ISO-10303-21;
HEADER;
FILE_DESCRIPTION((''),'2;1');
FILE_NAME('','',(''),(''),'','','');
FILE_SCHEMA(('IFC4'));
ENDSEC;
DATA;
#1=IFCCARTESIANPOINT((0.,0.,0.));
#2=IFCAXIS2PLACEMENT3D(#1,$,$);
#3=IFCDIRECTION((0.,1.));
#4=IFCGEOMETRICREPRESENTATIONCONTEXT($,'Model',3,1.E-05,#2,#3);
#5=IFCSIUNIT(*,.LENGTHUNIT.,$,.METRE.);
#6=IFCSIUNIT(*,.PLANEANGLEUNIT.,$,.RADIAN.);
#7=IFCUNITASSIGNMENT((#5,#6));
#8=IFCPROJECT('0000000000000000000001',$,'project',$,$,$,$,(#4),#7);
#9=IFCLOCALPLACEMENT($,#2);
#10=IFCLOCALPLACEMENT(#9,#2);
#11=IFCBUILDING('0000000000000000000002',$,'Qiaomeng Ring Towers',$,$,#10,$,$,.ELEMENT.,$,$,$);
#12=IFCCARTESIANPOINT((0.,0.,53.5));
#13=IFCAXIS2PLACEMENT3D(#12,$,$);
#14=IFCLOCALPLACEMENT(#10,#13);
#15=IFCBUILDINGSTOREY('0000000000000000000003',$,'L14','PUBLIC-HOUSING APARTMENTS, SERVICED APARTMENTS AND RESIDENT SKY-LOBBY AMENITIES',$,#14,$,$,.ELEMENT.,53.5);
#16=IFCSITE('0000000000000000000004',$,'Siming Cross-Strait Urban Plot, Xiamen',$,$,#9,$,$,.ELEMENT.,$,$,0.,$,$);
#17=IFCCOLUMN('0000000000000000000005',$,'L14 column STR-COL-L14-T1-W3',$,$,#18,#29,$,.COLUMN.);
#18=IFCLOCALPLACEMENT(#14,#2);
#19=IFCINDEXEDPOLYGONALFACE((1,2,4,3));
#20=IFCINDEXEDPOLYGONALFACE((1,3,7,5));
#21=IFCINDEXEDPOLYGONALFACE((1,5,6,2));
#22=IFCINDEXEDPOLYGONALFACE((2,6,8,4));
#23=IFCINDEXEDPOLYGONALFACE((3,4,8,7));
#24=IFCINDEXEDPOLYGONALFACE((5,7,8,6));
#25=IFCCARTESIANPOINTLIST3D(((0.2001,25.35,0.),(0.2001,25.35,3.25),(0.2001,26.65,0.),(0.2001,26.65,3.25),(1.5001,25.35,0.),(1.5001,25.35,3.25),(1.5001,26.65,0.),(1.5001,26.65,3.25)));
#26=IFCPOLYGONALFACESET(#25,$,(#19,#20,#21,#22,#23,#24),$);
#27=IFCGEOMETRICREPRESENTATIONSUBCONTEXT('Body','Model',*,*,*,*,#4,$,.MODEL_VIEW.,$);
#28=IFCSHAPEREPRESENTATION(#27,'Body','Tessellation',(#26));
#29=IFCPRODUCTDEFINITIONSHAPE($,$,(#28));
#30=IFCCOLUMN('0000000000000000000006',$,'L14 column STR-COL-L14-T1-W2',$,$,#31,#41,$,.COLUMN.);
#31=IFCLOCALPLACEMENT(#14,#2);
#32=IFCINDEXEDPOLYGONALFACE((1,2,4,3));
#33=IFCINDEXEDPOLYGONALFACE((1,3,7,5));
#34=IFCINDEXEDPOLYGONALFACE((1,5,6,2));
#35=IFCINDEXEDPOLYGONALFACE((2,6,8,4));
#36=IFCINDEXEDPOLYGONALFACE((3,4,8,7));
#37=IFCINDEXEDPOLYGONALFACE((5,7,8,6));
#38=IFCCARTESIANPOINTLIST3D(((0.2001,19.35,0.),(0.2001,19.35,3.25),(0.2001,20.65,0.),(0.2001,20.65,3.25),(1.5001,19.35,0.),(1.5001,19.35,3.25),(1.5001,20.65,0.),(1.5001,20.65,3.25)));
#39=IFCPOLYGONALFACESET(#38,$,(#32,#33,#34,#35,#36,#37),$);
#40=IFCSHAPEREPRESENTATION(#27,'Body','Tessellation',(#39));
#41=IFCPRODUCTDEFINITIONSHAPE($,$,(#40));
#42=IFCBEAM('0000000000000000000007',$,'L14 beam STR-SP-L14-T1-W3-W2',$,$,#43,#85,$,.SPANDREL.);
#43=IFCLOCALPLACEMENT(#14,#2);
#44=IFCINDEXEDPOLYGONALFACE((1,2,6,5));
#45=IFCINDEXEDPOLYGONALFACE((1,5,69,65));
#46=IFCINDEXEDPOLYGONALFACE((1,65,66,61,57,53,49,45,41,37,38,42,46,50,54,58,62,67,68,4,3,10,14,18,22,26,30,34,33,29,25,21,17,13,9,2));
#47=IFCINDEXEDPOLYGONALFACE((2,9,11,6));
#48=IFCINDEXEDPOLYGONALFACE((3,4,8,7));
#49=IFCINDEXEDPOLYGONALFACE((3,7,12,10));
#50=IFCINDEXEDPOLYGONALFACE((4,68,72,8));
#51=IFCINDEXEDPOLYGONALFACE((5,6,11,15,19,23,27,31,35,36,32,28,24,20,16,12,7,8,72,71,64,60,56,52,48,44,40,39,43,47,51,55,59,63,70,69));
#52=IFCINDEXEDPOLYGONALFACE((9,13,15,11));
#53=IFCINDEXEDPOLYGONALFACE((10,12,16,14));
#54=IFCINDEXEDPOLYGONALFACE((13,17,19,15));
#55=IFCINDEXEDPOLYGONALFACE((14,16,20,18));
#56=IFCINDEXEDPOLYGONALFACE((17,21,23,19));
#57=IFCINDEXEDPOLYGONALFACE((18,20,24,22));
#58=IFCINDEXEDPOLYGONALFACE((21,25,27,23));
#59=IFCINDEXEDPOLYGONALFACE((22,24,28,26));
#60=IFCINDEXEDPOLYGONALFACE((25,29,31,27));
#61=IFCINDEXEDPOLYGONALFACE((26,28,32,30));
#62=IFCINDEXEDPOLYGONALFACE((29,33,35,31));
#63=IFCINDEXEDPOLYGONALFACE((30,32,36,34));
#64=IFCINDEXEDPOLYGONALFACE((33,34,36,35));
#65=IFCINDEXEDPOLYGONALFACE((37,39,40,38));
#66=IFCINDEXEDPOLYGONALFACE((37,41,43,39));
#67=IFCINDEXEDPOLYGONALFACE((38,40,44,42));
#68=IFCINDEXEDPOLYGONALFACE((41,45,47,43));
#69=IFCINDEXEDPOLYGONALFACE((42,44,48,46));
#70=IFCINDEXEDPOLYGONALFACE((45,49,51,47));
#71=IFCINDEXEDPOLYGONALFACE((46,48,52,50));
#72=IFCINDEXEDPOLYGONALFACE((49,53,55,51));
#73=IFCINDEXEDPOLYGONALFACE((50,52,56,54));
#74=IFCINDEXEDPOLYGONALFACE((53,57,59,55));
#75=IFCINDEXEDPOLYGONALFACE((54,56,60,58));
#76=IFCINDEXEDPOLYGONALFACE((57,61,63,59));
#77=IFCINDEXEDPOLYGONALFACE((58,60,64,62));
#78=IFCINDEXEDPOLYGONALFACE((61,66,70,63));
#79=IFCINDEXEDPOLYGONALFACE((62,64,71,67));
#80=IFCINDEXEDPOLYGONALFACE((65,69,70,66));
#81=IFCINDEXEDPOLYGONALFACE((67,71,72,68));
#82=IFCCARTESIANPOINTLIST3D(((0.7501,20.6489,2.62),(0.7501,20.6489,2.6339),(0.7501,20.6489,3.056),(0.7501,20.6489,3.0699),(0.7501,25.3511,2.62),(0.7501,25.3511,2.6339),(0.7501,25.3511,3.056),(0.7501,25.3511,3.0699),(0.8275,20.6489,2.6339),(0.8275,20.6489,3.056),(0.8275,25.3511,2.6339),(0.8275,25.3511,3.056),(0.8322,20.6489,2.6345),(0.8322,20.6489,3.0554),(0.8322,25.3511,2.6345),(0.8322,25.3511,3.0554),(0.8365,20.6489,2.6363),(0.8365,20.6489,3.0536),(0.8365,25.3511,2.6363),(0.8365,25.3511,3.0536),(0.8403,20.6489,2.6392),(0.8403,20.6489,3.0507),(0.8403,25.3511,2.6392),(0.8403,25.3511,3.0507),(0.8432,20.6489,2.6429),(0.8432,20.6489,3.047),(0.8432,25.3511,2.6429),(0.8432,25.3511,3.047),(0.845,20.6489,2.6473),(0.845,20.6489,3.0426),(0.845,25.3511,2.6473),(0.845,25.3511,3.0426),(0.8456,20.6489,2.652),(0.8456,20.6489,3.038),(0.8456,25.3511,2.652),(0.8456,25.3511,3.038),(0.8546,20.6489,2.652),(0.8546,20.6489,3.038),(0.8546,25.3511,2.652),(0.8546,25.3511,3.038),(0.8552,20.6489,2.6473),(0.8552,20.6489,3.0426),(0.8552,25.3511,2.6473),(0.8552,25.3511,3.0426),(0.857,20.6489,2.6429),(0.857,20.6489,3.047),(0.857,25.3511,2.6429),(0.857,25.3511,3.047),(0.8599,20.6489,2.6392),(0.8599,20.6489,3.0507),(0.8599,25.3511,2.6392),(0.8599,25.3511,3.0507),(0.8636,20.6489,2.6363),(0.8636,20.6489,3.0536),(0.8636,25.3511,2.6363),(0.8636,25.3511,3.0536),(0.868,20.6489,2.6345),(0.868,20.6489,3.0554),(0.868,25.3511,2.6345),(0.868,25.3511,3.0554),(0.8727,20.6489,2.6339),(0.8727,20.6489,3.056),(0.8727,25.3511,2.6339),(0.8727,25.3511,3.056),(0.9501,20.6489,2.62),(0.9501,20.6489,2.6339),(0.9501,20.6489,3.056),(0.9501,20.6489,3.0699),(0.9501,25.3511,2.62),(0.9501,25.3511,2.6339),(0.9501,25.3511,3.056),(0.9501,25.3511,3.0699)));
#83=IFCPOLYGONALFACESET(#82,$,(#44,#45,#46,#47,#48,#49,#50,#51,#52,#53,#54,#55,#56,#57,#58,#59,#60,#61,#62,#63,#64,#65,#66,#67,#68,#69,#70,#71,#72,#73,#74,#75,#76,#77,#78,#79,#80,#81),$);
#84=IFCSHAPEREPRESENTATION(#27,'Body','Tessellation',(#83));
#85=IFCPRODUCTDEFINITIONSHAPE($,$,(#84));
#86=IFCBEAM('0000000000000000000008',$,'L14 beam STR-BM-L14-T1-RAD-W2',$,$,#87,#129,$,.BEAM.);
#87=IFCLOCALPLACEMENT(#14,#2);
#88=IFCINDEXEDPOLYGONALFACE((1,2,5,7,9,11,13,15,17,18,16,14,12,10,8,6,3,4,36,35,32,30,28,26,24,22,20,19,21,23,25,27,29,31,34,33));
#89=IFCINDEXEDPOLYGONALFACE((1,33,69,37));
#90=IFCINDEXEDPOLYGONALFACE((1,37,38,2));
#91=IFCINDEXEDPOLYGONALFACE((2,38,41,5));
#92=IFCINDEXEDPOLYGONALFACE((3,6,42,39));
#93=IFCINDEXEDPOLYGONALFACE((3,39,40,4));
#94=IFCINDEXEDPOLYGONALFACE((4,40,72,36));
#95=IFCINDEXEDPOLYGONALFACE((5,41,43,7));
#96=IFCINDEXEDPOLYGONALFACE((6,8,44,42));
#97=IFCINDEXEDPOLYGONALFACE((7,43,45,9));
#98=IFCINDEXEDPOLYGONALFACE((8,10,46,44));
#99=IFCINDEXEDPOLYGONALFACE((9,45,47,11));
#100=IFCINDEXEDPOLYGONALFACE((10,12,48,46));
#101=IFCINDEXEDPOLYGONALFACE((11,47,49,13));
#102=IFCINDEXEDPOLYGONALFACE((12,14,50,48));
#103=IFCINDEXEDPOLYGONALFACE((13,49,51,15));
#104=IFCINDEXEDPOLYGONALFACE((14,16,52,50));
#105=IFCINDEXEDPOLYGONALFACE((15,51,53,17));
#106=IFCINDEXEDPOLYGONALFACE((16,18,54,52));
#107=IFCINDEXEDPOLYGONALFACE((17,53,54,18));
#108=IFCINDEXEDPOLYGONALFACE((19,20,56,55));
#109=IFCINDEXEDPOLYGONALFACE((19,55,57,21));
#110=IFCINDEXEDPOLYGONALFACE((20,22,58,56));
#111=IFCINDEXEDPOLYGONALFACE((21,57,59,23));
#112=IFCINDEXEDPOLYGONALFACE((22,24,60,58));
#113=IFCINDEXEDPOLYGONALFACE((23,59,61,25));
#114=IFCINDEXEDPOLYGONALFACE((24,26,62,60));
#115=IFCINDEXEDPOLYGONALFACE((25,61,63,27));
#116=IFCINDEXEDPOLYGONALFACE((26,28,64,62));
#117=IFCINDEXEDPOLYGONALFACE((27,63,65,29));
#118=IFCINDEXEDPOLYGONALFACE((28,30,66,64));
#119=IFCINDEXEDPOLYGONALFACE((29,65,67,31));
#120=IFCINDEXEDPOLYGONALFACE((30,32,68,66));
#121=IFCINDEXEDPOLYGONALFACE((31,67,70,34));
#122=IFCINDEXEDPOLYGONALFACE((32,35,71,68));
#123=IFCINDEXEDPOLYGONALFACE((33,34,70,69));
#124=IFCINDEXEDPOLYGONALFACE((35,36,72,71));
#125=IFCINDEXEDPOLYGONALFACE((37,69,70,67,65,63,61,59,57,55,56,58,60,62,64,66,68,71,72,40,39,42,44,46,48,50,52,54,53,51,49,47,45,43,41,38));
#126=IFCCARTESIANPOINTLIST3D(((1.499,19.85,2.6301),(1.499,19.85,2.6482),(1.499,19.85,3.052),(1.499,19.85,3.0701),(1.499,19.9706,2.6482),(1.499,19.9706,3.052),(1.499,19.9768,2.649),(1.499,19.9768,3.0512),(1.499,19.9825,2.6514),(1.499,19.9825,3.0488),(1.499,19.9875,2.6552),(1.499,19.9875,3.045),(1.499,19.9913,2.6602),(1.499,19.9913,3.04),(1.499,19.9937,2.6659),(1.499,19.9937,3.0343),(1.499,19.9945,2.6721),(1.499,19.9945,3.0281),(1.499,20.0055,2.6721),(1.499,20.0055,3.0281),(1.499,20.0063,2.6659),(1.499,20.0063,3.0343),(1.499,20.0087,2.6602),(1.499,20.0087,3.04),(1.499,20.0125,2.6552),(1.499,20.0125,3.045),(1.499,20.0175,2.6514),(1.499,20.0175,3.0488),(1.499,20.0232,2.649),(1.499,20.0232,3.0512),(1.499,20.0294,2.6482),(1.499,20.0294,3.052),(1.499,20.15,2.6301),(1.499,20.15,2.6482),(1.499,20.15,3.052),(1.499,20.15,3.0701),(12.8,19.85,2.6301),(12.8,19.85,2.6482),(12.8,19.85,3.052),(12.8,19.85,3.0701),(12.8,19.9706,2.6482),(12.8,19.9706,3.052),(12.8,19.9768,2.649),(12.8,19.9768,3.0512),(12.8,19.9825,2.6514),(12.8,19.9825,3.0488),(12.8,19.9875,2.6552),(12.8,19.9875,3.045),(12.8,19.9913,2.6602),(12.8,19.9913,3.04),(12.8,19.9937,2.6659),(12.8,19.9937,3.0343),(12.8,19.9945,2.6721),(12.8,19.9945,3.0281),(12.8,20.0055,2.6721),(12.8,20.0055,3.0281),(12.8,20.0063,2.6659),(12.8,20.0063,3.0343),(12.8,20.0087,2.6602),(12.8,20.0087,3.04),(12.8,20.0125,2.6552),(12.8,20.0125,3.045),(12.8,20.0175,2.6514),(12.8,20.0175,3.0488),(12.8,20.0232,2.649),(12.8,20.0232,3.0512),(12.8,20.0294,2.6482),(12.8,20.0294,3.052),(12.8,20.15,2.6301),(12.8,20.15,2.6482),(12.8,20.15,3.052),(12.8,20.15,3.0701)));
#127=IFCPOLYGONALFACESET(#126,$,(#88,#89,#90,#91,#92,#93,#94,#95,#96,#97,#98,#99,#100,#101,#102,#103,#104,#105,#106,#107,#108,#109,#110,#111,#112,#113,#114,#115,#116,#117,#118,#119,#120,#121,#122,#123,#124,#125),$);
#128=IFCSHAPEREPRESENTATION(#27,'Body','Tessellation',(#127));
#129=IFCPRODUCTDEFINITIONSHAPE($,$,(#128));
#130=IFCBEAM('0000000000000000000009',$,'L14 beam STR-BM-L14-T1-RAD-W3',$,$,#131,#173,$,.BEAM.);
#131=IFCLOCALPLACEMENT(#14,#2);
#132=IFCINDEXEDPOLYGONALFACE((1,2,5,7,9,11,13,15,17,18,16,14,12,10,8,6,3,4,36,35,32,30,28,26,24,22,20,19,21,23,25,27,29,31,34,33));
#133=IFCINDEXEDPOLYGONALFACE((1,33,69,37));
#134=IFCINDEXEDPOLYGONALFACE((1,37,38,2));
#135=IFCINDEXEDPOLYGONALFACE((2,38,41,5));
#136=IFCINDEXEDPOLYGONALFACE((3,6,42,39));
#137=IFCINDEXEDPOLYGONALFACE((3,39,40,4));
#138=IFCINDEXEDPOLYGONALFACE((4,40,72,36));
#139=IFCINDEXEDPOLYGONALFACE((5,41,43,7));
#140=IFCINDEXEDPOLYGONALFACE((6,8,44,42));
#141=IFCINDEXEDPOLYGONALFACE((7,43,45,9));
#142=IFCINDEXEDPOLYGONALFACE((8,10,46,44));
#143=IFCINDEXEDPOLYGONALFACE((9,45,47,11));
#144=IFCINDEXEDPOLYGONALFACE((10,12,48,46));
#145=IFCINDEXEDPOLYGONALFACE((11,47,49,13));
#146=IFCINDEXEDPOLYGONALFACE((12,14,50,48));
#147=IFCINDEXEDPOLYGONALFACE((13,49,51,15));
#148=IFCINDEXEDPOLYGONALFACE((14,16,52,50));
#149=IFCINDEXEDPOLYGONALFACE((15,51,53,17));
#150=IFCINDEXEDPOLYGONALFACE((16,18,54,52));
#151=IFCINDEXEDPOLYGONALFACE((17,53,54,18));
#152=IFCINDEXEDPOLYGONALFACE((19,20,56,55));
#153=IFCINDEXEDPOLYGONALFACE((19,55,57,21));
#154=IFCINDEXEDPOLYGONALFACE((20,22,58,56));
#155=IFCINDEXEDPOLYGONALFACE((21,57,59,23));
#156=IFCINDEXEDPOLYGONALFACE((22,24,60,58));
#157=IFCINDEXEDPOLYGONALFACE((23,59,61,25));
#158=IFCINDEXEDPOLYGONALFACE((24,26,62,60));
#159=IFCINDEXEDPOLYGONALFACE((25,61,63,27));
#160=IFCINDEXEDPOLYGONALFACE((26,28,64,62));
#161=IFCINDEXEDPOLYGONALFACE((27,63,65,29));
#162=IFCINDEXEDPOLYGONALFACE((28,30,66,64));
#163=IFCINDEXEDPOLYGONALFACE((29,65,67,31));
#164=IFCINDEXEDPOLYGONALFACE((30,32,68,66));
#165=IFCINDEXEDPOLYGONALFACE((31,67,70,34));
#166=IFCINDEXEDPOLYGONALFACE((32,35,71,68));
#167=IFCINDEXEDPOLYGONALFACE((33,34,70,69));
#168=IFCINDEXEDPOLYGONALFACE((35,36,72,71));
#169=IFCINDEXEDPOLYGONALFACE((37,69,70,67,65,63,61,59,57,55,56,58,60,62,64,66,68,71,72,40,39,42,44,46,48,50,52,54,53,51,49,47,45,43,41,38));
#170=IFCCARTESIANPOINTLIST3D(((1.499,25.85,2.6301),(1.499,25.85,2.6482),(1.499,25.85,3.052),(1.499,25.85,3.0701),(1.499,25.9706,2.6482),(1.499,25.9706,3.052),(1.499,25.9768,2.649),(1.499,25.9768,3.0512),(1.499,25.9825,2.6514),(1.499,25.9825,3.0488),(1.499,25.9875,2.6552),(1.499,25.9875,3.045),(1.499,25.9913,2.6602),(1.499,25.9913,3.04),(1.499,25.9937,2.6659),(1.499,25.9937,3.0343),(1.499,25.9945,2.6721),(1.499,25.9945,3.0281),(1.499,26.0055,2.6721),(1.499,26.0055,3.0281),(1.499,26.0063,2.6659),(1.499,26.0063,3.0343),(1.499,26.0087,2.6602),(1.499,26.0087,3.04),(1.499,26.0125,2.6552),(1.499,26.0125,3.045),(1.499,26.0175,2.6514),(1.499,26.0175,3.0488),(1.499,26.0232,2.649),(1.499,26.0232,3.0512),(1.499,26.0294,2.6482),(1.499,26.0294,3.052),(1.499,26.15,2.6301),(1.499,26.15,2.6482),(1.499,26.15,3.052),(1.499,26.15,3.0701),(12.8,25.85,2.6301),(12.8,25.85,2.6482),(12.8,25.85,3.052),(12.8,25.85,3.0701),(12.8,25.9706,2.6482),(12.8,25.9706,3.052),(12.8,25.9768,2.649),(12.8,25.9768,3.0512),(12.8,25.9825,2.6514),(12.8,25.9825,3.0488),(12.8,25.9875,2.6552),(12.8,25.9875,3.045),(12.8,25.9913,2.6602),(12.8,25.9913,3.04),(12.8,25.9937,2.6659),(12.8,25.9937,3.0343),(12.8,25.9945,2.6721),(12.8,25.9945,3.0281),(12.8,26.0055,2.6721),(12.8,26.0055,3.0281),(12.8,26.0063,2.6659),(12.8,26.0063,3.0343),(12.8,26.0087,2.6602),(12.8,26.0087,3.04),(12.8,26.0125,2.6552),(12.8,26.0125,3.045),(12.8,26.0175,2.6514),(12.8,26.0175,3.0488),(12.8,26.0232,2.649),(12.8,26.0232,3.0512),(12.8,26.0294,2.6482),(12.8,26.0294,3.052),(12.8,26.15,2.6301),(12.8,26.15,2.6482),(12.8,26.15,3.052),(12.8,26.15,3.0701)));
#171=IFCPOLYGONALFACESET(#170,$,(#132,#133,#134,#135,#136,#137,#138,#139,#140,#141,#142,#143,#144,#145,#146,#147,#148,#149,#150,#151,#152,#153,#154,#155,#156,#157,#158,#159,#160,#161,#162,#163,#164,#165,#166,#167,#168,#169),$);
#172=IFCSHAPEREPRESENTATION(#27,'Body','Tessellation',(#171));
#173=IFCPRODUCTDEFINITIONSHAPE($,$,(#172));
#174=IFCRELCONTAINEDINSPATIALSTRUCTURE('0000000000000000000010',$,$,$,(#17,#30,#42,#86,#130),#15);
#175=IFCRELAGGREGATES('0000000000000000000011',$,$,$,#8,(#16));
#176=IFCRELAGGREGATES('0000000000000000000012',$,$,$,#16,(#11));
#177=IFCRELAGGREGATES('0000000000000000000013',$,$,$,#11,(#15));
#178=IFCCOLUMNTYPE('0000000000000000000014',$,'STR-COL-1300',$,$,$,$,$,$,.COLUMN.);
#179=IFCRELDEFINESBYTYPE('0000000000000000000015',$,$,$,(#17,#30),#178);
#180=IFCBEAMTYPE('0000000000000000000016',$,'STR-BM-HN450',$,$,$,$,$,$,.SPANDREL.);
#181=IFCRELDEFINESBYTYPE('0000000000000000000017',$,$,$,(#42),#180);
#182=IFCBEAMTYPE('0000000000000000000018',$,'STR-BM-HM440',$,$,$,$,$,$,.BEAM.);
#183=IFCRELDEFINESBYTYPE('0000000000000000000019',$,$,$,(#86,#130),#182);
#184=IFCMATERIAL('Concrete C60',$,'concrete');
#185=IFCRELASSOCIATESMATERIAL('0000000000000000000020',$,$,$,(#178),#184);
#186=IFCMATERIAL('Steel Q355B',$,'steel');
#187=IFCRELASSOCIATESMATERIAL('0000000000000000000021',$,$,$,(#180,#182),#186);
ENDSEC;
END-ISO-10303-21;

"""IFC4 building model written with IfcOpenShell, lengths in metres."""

from ifc_helpers import new_model, si_unit, direction, frame, origin, origin_2d, place, context, subcontext, project, spatial, rectangle, i_section, extrude, source, transform, mapped, material, material_profile, profile_set, type_object, element, save


model = new_model("IFC4")

# Units and contexts
model_context = context("Model", 3, precision=1e-05, world=origin(), true_north=direction((0.0, 1.0)))
body_context = subcontext(model_context, "Body", "Model", "MODEL_VIEW")
ifc_project = project(units=[si_unit("LENGTHUNIT", "METRE"), si_unit("PLANEANGLEUNIT", "RADIAN")], contexts=[model_context])

# Site, building, storey
site_placement = place(None, origin())
site = spatial("IfcSite", under=ifc_project, at=site_placement, Name="Siming Cross-Strait Urban Plot, Xiamen", CompositionType="ELEMENT", RefElevation=0.0)
building_placement = place(site_placement, origin())
building = spatial("IfcBuilding", under=site, at=building_placement, Name="Qiaomeng Ring Towers", CompositionType="ELEMENT")
storey_placement = place(building_placement, frame((0.0, 0.0, 53.5)))
storey = spatial("IfcBuildingStorey", under=building, at=storey_placement, Name="L14", Description="PUBLIC-HOUSING APARTMENTS, SERVICED APARTMENTS AND RESIDENT SKY-LOBBY AMENITIES", CompositionType="ELEMENT", Elevation=53.5)

# Columns
ifc_material_1 = material(Name="Concrete C60", Category="concrete")
ifc_material_profile_1 = material_profile(ifc_material_1, rectangle(XDim=1.3, YDim=1.3, at=origin_2d()), Name="RC COL 1300x1300")
ifc_profile_set_1 = profile_set([ifc_material_profile_1], Name="Concrete C60")
column_type = type_object("IfcColumnType", Name="STR-COL-1300", PredefinedType="COLUMN", material=ifc_profile_set_1)
shared_shape_1 = source(origin(), body_context, "Body", "SweptSolid", [
    extrude(rectangle(XDim=1.3, YDim=1.3, at=origin_2d()), origin(), (0.0, 0.0, 1.0), 3.25),
])
for number, where, z_axis, x_axis, name in (
    (1, (0.8501, 26.0, 0.0), (0.0, 0.0, 1.0), (1.0, 0.0, 0.0), "L14 column STR-COL-L14-T1-W3"),
    (2, (0.8501, 20.0, 0.0), (0.0, 0.0, 1.0), (1.0, 0.0, 0.0), "L14 column STR-COL-L14-T1-W2"),
):
    element("IfcColumn", number, at=place(storey_placement, frame(where, z_axis=z_axis, x_axis=x_axis)), inside=storey, type_object=column_type, Name=name, PredefinedType="COLUMN", context=body_context, shape_type="MappedRepresentation", body=[
        mapped(shared_shape_1, transform((0.0, 0.0, 0.0), x_axis=(1.0, 0.0, 0.0), y_axis=(0.0, 1.0, 0.0), z_axis=(0.0, 0.0, 1.0), scale=1.0)),
    ])

# Beams
ifc_material_2 = material(Name="Steel Q355B", Category="steel")
ifc_material_profile_2 = material_profile(ifc_material_2, i_section(OverallWidth=0.2, OverallDepth=0.45, WebThickness=0.009, FlangeThickness=0.0139, FilletRadius=0.0181, at=origin_2d()), Name="HN 450x200x9x14")
ifc_profile_set_2 = profile_set([ifc_material_profile_2], Name="Steel Q355B")
beam_type_1 = type_object("IfcBeamType", Name="STR-BM-HN450", PredefinedType="SPANDREL", material=ifc_profile_set_2)
shared_shape_2 = source(origin(), body_context, "Body", "SweptSolid", [
    extrude(i_section(OverallWidth=0.2, OverallDepth=0.45, WebThickness=0.009, FlangeThickness=0.0139, FilletRadius=0.0181, at=origin_2d()), origin(), (0.0, 0.0, 1.0), 4.7021),
])
beam_1_placement = place(storey_placement, frame((0.8501, 25.3511, 2.845), z_axis=(0.0, -1.0, 0.0), x_axis=(1.0, 0.0, 0.0)))
element("IfcBeam", 3, at=beam_1_placement, inside=storey, type_object=beam_type_1, Name="L14 beam STR-SP-L14-T1-W3-W2", PredefinedType="SPANDREL", context=body_context, shape_type="MappedRepresentation", body=[
    mapped(shared_shape_2, transform((0.0, 0.0, 0.0), x_axis=(1.0, 0.0, 0.0), y_axis=(0.0, 1.0, 0.0), z_axis=(0.0, 0.0, 1.0), scale=1.0)),
])
ifc_material_profile_3 = material_profile(ifc_material_2, i_section(OverallWidth=0.3, OverallDepth=0.4399, WebThickness=0.011, FlangeThickness=0.0181, FilletRadius=0.0239, at=origin_2d()), Name="HM 440x300x11x18")
ifc_profile_set_3 = profile_set([ifc_material_profile_3], Name="Steel Q355B")
beam_type_2 = type_object("IfcBeamType", Name="STR-BM-HM440", PredefinedType="BEAM", material=ifc_profile_set_3)
shared_shape_3 = source(origin(), body_context, "Body", "SweptSolid", [
    extrude(i_section(OverallWidth=0.3, OverallDepth=0.4399, WebThickness=0.011, FlangeThickness=0.0181, FilletRadius=0.0239, at=origin_2d()), origin(), (0.0, 0.0, 1.0), 11.301),
])
for number, where, z_axis, x_axis, name in (
    (4, (1.499, 20.0, 2.8501), (1.0, 0.0, 0.0), (0.0, 1.0, 0.0), "L14 beam STR-BM-L14-T1-RAD-W2"),
    (5, (1.499, 26.0, 2.8501), (1.0, 0.0, 0.0), (0.0, 1.0, 0.0), "L14 beam STR-BM-L14-T1-RAD-W3"),
):
    element("IfcBeam", number, at=place(storey_placement, frame(where, z_axis=z_axis, x_axis=x_axis)), inside=storey, type_object=beam_type_2, Name=name, PredefinedType="BEAM", context=body_context, shape_type="MappedRepresentation", body=[
        mapped(shared_shape_3, transform((0.0, 0.0, 0.0), x_axis=(1.0, 0.0, 0.0), y_axis=(0.0, 1.0, 0.0), z_axis=(0.0, 0.0, 1.0), scale=1.0)),
    ])

save(model, "model.ifc")
